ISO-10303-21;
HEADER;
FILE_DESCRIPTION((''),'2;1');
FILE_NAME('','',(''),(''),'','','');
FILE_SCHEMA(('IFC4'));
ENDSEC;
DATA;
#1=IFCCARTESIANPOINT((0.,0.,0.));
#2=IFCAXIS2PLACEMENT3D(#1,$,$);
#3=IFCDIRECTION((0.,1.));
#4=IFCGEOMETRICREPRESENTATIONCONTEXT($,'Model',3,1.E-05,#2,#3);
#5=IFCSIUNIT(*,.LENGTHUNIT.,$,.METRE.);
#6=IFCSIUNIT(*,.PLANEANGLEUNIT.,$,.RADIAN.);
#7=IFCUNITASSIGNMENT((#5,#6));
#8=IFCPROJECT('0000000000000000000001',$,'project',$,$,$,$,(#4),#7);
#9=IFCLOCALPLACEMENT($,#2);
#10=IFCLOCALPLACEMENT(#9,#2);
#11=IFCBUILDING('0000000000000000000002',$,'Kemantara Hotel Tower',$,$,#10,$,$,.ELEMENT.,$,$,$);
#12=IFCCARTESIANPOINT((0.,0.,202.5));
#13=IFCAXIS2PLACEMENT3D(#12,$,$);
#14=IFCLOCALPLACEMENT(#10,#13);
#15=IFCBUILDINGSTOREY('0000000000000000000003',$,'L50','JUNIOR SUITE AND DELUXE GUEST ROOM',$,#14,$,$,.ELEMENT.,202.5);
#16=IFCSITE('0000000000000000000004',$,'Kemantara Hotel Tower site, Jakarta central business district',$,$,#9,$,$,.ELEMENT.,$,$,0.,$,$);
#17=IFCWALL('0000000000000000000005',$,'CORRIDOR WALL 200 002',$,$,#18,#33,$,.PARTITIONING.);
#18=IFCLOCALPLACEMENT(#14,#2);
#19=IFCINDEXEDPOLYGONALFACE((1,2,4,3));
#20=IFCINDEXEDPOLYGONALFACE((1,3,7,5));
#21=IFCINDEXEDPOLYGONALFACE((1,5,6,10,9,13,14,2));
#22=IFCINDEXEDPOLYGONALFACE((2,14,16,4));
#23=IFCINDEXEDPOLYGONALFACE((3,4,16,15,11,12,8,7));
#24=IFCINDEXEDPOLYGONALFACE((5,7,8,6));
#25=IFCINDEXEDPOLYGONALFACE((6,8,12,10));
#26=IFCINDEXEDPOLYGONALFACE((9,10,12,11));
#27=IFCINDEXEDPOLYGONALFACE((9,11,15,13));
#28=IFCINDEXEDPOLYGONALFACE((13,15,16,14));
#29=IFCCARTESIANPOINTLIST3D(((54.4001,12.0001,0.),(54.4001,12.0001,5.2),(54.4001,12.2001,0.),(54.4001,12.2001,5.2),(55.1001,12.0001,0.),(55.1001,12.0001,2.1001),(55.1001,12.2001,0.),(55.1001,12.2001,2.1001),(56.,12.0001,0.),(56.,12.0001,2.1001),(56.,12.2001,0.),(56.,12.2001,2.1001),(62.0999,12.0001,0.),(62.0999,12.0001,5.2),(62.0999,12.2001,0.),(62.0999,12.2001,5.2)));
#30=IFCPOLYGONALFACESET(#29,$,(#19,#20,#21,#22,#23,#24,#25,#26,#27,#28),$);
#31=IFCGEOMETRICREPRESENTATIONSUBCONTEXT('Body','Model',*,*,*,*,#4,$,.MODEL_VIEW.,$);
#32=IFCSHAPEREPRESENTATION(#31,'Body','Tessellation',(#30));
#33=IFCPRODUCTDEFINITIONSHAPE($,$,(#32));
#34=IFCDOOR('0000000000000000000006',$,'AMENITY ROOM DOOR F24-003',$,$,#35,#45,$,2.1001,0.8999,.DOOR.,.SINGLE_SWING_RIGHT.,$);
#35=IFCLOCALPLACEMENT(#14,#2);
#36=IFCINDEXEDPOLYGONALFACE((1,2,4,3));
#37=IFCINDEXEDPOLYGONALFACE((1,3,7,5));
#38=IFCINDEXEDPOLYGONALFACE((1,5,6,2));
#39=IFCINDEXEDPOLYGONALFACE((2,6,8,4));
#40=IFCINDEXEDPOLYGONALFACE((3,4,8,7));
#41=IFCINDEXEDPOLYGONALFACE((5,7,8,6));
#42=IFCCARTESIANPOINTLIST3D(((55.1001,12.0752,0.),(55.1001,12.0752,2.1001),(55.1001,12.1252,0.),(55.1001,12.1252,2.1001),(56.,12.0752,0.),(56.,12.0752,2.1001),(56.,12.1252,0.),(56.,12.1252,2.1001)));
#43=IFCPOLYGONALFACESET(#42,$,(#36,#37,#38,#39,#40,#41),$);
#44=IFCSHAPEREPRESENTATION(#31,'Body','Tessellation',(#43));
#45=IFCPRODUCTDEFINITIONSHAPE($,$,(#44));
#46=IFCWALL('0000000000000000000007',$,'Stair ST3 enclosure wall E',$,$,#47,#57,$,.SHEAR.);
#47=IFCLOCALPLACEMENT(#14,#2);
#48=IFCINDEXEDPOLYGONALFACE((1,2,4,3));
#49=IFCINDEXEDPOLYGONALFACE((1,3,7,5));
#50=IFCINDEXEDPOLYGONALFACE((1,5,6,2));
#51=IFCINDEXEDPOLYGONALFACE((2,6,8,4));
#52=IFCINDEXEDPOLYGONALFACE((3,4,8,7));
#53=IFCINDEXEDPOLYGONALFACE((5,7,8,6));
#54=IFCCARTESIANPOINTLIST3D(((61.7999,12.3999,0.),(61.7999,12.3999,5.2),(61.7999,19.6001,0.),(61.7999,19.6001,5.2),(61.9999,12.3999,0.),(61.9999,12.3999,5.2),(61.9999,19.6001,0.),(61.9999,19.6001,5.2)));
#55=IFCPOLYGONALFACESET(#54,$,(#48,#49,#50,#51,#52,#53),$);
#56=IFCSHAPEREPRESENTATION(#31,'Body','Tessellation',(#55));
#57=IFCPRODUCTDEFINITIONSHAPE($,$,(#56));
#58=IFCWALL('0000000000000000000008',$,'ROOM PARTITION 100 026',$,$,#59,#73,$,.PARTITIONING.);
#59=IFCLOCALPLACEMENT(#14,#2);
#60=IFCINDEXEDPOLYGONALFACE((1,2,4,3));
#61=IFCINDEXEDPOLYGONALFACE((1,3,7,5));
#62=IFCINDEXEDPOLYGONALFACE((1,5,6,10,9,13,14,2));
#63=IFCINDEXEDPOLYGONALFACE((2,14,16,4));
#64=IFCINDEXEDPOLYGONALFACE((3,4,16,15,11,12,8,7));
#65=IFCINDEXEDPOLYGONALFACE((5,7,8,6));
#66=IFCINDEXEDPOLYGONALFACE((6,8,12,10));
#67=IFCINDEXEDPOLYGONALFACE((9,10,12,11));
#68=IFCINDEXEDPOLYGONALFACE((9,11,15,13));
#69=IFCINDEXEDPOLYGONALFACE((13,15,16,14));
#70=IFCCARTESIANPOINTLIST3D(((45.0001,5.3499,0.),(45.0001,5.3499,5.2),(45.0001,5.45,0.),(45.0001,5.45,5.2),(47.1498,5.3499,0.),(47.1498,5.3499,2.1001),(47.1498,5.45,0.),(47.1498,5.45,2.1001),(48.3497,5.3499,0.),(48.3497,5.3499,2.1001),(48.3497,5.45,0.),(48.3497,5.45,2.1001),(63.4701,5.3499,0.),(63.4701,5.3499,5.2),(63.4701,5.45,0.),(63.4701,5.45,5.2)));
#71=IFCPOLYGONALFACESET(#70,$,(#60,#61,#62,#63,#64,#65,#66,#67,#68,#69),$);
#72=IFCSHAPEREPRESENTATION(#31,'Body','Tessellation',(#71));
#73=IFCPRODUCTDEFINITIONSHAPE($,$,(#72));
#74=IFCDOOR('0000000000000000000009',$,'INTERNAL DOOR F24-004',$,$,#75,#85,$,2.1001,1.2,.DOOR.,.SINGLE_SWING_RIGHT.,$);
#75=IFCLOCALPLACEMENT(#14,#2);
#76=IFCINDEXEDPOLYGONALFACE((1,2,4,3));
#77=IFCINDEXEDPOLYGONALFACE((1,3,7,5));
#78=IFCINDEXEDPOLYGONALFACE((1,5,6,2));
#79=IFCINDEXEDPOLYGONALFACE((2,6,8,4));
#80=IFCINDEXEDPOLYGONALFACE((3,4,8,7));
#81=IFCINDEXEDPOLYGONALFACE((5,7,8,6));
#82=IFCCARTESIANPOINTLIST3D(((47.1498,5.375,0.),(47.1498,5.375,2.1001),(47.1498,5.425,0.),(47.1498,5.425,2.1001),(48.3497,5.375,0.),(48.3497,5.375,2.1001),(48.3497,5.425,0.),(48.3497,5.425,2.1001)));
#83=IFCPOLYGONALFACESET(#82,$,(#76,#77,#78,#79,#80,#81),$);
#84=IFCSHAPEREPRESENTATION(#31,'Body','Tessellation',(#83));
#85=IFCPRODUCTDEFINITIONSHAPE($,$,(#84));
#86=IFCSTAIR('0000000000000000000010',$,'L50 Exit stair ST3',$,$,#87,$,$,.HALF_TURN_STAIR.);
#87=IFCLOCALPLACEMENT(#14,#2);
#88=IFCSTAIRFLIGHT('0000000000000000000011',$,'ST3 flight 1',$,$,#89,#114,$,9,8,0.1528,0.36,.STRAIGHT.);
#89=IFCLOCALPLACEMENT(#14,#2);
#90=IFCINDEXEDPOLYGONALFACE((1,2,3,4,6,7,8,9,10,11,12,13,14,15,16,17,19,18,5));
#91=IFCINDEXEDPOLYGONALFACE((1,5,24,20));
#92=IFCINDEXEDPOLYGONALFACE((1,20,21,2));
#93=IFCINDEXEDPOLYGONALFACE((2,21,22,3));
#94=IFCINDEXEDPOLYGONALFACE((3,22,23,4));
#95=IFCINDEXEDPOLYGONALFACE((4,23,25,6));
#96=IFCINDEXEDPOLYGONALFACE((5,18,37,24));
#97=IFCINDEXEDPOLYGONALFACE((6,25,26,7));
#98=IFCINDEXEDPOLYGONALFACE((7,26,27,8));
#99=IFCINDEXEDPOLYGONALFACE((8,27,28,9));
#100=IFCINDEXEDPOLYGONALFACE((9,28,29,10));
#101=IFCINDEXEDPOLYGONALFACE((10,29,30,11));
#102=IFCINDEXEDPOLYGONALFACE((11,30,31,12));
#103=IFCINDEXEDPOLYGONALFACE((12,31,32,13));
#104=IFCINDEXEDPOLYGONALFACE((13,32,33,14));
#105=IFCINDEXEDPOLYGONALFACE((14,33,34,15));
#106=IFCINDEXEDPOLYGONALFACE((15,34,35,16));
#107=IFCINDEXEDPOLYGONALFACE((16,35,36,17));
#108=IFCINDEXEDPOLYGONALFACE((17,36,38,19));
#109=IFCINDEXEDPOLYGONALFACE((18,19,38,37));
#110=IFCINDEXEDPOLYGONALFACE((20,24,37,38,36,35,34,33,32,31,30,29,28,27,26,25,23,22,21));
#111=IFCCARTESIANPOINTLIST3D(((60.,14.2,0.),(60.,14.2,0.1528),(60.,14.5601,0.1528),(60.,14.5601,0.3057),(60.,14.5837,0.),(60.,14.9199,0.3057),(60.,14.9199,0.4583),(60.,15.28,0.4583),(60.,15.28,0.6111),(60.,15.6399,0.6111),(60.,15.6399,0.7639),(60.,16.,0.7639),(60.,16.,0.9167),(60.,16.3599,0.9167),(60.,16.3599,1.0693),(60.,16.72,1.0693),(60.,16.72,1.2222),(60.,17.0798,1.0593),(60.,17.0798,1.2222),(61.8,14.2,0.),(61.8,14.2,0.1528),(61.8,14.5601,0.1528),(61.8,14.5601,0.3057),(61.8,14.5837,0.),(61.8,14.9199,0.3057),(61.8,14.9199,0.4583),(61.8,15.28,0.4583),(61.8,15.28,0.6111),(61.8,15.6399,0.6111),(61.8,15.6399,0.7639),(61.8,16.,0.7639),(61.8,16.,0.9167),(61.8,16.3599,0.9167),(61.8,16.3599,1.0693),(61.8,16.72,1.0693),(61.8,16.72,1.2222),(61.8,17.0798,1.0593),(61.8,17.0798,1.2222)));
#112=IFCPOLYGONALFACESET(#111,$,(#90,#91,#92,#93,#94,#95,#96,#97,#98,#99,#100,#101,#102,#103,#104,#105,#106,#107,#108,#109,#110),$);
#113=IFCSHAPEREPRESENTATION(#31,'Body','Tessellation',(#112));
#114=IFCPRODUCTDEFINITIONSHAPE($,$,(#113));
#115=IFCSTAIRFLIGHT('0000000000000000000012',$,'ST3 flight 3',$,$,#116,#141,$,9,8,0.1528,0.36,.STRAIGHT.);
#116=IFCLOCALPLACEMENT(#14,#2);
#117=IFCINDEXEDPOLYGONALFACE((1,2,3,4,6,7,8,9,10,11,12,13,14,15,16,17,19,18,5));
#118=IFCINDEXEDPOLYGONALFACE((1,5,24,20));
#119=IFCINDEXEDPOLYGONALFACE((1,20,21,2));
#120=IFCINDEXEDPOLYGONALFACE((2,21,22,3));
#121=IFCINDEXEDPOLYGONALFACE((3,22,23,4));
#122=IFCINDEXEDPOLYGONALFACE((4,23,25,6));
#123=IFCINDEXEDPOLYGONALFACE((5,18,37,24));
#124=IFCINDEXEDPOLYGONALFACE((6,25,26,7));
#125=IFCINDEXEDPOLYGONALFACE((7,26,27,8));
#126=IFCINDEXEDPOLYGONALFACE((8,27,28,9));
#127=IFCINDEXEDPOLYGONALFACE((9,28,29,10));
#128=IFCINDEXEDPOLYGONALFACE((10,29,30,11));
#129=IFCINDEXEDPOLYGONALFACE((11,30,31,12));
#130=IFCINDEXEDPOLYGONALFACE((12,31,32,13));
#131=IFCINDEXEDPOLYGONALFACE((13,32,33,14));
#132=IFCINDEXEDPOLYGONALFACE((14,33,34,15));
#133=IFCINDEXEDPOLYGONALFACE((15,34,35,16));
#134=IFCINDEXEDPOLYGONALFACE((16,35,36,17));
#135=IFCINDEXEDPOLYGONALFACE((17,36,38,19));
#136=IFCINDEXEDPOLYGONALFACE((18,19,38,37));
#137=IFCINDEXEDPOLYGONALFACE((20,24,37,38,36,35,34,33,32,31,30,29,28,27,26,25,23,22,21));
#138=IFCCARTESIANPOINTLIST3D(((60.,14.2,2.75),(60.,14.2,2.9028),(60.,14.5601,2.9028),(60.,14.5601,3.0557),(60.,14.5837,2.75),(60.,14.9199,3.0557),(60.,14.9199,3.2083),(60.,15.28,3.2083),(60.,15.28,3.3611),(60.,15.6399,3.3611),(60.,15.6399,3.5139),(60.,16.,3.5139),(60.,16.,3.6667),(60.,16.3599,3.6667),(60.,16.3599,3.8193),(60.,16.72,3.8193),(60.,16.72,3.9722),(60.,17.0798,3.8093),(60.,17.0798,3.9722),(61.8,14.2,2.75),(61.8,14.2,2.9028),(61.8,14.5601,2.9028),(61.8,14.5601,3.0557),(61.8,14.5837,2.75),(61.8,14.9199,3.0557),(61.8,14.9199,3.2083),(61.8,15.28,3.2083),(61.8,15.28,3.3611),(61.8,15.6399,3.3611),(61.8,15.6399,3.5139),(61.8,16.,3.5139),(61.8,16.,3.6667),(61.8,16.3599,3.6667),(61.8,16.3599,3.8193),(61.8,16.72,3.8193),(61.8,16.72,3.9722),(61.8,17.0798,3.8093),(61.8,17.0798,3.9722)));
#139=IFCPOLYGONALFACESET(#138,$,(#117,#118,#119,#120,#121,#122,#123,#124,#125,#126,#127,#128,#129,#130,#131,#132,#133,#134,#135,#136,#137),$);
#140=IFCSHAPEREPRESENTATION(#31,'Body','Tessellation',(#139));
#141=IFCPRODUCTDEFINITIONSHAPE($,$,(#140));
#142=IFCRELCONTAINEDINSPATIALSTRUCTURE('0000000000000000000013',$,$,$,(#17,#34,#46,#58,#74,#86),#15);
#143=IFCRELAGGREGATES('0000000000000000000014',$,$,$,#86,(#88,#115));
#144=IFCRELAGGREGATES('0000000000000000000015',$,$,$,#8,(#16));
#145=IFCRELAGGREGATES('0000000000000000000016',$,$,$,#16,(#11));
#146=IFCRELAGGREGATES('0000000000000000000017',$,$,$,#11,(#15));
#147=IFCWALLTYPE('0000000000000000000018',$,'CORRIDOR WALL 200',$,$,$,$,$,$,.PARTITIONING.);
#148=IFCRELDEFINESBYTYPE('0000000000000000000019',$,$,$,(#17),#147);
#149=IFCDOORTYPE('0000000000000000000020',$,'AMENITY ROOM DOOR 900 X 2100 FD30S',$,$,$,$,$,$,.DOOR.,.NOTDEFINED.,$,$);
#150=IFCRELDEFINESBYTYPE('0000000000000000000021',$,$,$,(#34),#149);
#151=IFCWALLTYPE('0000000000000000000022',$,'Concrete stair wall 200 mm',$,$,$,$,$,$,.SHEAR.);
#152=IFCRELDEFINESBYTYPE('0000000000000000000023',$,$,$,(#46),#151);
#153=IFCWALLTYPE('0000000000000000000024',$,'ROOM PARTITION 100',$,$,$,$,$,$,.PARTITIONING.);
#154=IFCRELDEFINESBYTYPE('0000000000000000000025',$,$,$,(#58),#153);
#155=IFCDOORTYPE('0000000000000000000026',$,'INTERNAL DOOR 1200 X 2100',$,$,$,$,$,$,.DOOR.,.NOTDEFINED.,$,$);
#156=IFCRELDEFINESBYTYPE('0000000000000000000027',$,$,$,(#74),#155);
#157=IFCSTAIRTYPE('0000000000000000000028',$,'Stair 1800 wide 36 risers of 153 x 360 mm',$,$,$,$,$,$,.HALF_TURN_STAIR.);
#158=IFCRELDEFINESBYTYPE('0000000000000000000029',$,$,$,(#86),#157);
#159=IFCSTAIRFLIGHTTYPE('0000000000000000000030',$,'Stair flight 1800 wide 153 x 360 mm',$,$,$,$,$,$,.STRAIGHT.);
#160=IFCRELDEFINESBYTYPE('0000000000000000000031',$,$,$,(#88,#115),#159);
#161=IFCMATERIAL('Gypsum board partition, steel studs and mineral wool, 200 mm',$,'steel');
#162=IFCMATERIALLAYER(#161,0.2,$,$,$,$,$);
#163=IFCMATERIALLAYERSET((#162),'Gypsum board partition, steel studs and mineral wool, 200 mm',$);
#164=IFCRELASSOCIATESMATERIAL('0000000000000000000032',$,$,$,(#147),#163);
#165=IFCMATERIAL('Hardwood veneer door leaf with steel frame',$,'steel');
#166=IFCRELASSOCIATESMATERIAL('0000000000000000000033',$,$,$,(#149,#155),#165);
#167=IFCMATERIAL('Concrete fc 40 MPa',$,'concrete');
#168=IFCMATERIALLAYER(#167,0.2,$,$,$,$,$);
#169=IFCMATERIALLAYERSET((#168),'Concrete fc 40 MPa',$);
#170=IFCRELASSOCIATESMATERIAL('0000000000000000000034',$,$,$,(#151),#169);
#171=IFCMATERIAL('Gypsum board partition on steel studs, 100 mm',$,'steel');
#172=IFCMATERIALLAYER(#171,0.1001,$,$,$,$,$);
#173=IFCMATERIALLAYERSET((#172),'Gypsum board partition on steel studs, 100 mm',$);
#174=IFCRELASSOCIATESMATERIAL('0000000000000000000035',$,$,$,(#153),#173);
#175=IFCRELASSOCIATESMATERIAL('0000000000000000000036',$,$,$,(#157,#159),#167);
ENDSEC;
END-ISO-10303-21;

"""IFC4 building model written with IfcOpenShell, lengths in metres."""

from ifc_helpers import new_model, si_unit, direction, frame, frame_2d, origin, place, context, subcontext, project, spatial, polyline, rectangle, outline, extrude, material, layer, layer_set, type_object, element, fill, aggregate, save


model = new_model("IFC4")

# Units and contexts
model_context = context("Model", 3, precision=1e-05, world=origin(), true_north=direction((0.0, 1.0)))
body_context = subcontext(model_context, "Body", "Model", "MODEL_VIEW")
ifc_project = project(units=[si_unit("LENGTHUNIT", "METRE"), si_unit("PLANEANGLEUNIT", "RADIAN")], contexts=[model_context])

# Site, building, storey
site_placement = place(None, origin())
site = spatial("IfcSite", under=ifc_project, at=site_placement, Name="Kemantara Hotel Tower site, Jakarta central business district", CompositionType="ELEMENT", RefElevation=0.0)
building_placement = place(site_placement, origin())
building = spatial("IfcBuilding", under=site, at=building_placement, Name="Kemantara Hotel Tower", CompositionType="ELEMENT")
storey_placement = place(building_placement, frame((0.0, 0.0, 202.5)))
storey = spatial("IfcBuildingStorey", under=building, at=storey_placement, Name="L50", Description="JUNIOR SUITE AND DELUXE GUEST ROOM", CompositionType="ELEMENT", Elevation=202.5)

# Wall, opening, door
ifc_material_1 = material(Name="Gypsum board partition, steel studs and mineral wool, 200 mm", Category="steel")
ifc_layer_1 = layer(ifc_material_1, 0.2)
ifc_layer_set_1 = layer_set([ifc_layer_1], Name="Gypsum board partition, steel studs and mineral wool, 200 mm")
wall_type_1 = type_object("IfcWallType", Name="CORRIDOR WALL 200", PredefinedType="PARTITIONING", material=ifc_layer_set_1)
wall_1_placement = place(storey_placement, frame((62.0999, 12.1001, 0.0), z_axis=(0.0, 0.0, 1.0), x_axis=(-1.0, 0.0, 0.0)))
wall_1 = element("IfcWall", 1, at=wall_1_placement, inside=storey, type_object=wall_type_1, Name="CORRIDOR WALL 200 002", PredefinedType="PARTITIONING", context=body_context, shape_type="SweptSolid", body=[
    extrude(rectangle(XDim=7.6997, YDim=0.2, at=frame_2d((3.8499, 0.0))), origin(), (0.0, 0.0, 1.0), 5.2),
])
opening_1_placement = place(wall_1_placement, frame((6.0999, 0.0, 0.0)))
opening_1 = element("IfcOpeningElement", 2, at=opening_1_placement, cuts=wall_1, PredefinedType="OPENING", context=body_context, shape_type="SweptSolid", body=[
    extrude(rectangle(XDim=0.8999, YDim=2.1001, at=frame_2d((0.45, 1.05))), frame((0.0, 0.1099, 0.0), z_axis=(0.0, -1.0, 0.0), x_axis=(1.0, 0.0, 0.0)), (0.0, 0.0, 1.0), 0.22),
])
ifc_material_2 = material(Name="Hardwood veneer door leaf with steel frame", Category="steel")
door_type_1 = type_object("IfcDoorType", Name="AMENITY ROOM DOOR 900 X 2100 FD30S", OperationType="NOTDEFINED", PredefinedType="DOOR", material=ifc_material_2)
door_1_placement = place(opening_1_placement, origin())
door_1 = element("IfcDoor", 3, at=door_1_placement, inside=storey, type_object=door_type_1, Name="AMENITY ROOM DOOR F24-003", OperationType="SINGLE_SWING_RIGHT", OverallHeight=2.1001, OverallWidth=0.8999, PredefinedType="DOOR", context=body_context, shape_type="SweptSolid", body=[
    extrude(rectangle(XDim=0.8999, YDim=2.1001, at=frame_2d((0.45, 1.05))), frame((0.0, 0.0249, 0.0), z_axis=(0.0, -1.0, 0.0), x_axis=(1.0, 0.0, 0.0)), (0.0, 0.0, 1.0), 0.05),
])
fill(opening_1, door_1)

# Wall
ifc_material_3 = material(Name="Concrete fc 40 MPa", Category="concrete")
ifc_layer_2 = layer(ifc_material_3, 0.2)
ifc_layer_set_2 = layer_set([ifc_layer_2], Name="Concrete fc 40 MPa")
wall_type_2 = type_object("IfcWallType", Name="Concrete stair wall 200 mm", PredefinedType="SHEAR", material=ifc_layer_set_2)
wall_2_placement = place(storey_placement, frame((61.8999, 12.3999, 0.0), z_axis=(0.0, 0.0, 1.0), x_axis=(0.0, 1.0, 0.0)))
element("IfcWall", 4, at=wall_2_placement, inside=storey, type_object=wall_type_2, Name="Stair ST3 enclosure wall E", PredefinedType="SHEAR", context=body_context, shape_type="SweptSolid", body=[
    extrude(rectangle(XDim=7.2002, YDim=0.2, at=frame_2d((3.6001, 0.0))), origin(), (0.0, 0.0, 1.0), 5.2),
])

# Wall, opening, door
ifc_material_4 = material(Name="Gypsum board partition on steel studs, 100 mm", Category="steel")
ifc_layer_3 = layer(ifc_material_4, 0.1001)
ifc_layer_set_3 = layer_set([ifc_layer_3], Name="Gypsum board partition on steel studs, 100 mm")
wall_type_3 = type_object("IfcWallType", Name="ROOM PARTITION 100", PredefinedType="PARTITIONING", material=ifc_layer_set_3)
wall_3_placement = place(storey_placement, frame((63.47, 5.3999, 0.0), z_axis=(0.0, 0.0, 1.0), x_axis=(-1.0, 0.0, 0.0)))
wall_3 = element("IfcWall", 5, at=wall_3_placement, inside=storey, type_object=wall_type_3, Name="ROOM PARTITION 100 026", PredefinedType="PARTITIONING", context=body_context, shape_type="SweptSolid", body=[
    extrude(rectangle(XDim=18.47, YDim=0.1001, at=frame_2d((9.2349, 0.0))), origin(), (0.0, 0.0, 1.0), 5.2),
])
opening_2_placement = place(wall_3_placement, frame((15.1201, 0.0, 0.0)))
opening_2 = element("IfcOpeningElement", 6, at=opening_2_placement, cuts=wall_3, PredefinedType="OPENING", context=body_context, shape_type="SweptSolid", body=[
    extrude(rectangle(XDim=1.2, YDim=2.1001, at=frame_2d((0.6001, 1.05))), frame((0.0, 0.0601, 0.0), z_axis=(0.0, -1.0, 0.0), x_axis=(1.0, 0.0, 0.0)), (0.0, 0.0, 1.0), 0.1201),
])
door_type_2 = type_object("IfcDoorType", Name="INTERNAL DOOR 1200 X 2100", OperationType="NOTDEFINED", PredefinedType="DOOR", material=ifc_material_2)
door_2_placement = place(opening_2_placement, origin())
door_2 = element("IfcDoor", 7, at=door_2_placement, inside=storey, type_object=door_type_2, Name="INTERNAL DOOR F24-004", OperationType="SINGLE_SWING_RIGHT", OverallHeight=2.1001, OverallWidth=1.2, PredefinedType="DOOR", context=body_context, shape_type="SweptSolid", body=[
    extrude(rectangle(XDim=1.2, YDim=2.1001, at=frame_2d((0.6001, 1.05))), frame((0.0, 0.0249, 0.0), z_axis=(0.0, -1.0, 0.0), x_axis=(1.0, 0.0, 0.0)), (0.0, 0.0, 1.0), 0.05),
])
fill(opening_2, door_2)

# Stair, stair flights
stair_type = type_object("IfcStairType", Name="Stair 1800 wide 36 risers of 153 x 360 mm", PredefinedType="HALF_TURN_STAIR", material=ifc_material_3)
stair_placement = place(storey_placement, origin())
stair = element("IfcStair", 8, at=stair_placement, inside=storey, type_object=stair_type, Name="L50 Exit stair ST3", PredefinedType="HALF_TURN_STAIR")
stair_flight_type = type_object("IfcStairFlightType", Name="Stair flight 1800 wide 153 x 360 mm", PredefinedType="STRAIGHT", material=ifc_material_3)
stair_flight_1_placement = place(storey_placement, frame((60.8999, 14.2, 0.0), z_axis=(0.0, 0.0, 1.0), x_axis=(0.0, 1.0, 0.0)))
stair_flight_1 = element("IfcStairFlight", 9, at=stair_flight_1_placement, type_object=stair_flight_type, Name="ST3 flight 1", NumberOfRisers=9, NumberOfTreads=8, PredefinedType="STRAIGHT", RiserHeight=0.1528, TreadLength=0.36, context=body_context, shape_type="SweptSolid", body=[
    extrude(outline(polyline([(0.0, 0.0), (0.0, 0.1528), (0.3601, 0.1528), (0.3601, 0.3057), (0.72, 0.3057), (0.72, 0.4583), (1.0801, 0.4583), (1.0801, 0.6111), (1.4399, 0.6111), (1.4399, 0.7639), (1.8, 0.7639), (1.8, 0.9167), (2.1599, 0.9167), (2.1599, 1.0693), (2.52, 1.0693), (2.52, 1.2222), (2.8799, 1.2222), (2.8799, 1.375), (2.8799, 1.0593), (0.3838, 0.0), (0.0, 0.0)])), frame((0.0, 0.8999, 0.0), z_axis=(0.0, -1.0, 0.0), x_axis=(1.0, 0.0, 0.0)), (0.0, 0.0, 1.0), 1.8),
])
stair_flight_2_placement = place(storey_placement, frame((60.8999, 14.2, 2.75), z_axis=(0.0, 0.0, 1.0), x_axis=(0.0, 1.0, 0.0)))
stair_flight_2 = element("IfcStairFlight", 10, at=stair_flight_2_placement, type_object=stair_flight_type, Name="ST3 flight 3", NumberOfRisers=9, NumberOfTreads=8, PredefinedType="STRAIGHT", RiserHeight=0.1528, TreadLength=0.36, context=body_context, shape_type="SweptSolid", body=[
    extrude(outline(polyline([(0.0, 0.0), (0.0, 0.1528), (0.3601, 0.1528), (0.3601, 0.3057), (0.72, 0.3057), (0.72, 0.4583), (1.0801, 0.4583), (1.0801, 0.6111), (1.4399, 0.6111), (1.4399, 0.7639), (1.8, 0.7639), (1.8, 0.9167), (2.1599, 0.9167), (2.1599, 1.0693), (2.52, 1.0693), (2.52, 1.2222), (2.8799, 1.2222), (2.8799, 1.375), (2.8799, 1.0593), (0.3838, 0.0), (0.0, 0.0)])), frame((0.0, 0.8999, 0.0), z_axis=(0.0, -1.0, 0.0), x_axis=(1.0, 0.0, 0.0)), (0.0, 0.0, 1.0), 1.8),
])
aggregate(stair, [stair_flight_1, stair_flight_2])

save(model, "model.ifc")
